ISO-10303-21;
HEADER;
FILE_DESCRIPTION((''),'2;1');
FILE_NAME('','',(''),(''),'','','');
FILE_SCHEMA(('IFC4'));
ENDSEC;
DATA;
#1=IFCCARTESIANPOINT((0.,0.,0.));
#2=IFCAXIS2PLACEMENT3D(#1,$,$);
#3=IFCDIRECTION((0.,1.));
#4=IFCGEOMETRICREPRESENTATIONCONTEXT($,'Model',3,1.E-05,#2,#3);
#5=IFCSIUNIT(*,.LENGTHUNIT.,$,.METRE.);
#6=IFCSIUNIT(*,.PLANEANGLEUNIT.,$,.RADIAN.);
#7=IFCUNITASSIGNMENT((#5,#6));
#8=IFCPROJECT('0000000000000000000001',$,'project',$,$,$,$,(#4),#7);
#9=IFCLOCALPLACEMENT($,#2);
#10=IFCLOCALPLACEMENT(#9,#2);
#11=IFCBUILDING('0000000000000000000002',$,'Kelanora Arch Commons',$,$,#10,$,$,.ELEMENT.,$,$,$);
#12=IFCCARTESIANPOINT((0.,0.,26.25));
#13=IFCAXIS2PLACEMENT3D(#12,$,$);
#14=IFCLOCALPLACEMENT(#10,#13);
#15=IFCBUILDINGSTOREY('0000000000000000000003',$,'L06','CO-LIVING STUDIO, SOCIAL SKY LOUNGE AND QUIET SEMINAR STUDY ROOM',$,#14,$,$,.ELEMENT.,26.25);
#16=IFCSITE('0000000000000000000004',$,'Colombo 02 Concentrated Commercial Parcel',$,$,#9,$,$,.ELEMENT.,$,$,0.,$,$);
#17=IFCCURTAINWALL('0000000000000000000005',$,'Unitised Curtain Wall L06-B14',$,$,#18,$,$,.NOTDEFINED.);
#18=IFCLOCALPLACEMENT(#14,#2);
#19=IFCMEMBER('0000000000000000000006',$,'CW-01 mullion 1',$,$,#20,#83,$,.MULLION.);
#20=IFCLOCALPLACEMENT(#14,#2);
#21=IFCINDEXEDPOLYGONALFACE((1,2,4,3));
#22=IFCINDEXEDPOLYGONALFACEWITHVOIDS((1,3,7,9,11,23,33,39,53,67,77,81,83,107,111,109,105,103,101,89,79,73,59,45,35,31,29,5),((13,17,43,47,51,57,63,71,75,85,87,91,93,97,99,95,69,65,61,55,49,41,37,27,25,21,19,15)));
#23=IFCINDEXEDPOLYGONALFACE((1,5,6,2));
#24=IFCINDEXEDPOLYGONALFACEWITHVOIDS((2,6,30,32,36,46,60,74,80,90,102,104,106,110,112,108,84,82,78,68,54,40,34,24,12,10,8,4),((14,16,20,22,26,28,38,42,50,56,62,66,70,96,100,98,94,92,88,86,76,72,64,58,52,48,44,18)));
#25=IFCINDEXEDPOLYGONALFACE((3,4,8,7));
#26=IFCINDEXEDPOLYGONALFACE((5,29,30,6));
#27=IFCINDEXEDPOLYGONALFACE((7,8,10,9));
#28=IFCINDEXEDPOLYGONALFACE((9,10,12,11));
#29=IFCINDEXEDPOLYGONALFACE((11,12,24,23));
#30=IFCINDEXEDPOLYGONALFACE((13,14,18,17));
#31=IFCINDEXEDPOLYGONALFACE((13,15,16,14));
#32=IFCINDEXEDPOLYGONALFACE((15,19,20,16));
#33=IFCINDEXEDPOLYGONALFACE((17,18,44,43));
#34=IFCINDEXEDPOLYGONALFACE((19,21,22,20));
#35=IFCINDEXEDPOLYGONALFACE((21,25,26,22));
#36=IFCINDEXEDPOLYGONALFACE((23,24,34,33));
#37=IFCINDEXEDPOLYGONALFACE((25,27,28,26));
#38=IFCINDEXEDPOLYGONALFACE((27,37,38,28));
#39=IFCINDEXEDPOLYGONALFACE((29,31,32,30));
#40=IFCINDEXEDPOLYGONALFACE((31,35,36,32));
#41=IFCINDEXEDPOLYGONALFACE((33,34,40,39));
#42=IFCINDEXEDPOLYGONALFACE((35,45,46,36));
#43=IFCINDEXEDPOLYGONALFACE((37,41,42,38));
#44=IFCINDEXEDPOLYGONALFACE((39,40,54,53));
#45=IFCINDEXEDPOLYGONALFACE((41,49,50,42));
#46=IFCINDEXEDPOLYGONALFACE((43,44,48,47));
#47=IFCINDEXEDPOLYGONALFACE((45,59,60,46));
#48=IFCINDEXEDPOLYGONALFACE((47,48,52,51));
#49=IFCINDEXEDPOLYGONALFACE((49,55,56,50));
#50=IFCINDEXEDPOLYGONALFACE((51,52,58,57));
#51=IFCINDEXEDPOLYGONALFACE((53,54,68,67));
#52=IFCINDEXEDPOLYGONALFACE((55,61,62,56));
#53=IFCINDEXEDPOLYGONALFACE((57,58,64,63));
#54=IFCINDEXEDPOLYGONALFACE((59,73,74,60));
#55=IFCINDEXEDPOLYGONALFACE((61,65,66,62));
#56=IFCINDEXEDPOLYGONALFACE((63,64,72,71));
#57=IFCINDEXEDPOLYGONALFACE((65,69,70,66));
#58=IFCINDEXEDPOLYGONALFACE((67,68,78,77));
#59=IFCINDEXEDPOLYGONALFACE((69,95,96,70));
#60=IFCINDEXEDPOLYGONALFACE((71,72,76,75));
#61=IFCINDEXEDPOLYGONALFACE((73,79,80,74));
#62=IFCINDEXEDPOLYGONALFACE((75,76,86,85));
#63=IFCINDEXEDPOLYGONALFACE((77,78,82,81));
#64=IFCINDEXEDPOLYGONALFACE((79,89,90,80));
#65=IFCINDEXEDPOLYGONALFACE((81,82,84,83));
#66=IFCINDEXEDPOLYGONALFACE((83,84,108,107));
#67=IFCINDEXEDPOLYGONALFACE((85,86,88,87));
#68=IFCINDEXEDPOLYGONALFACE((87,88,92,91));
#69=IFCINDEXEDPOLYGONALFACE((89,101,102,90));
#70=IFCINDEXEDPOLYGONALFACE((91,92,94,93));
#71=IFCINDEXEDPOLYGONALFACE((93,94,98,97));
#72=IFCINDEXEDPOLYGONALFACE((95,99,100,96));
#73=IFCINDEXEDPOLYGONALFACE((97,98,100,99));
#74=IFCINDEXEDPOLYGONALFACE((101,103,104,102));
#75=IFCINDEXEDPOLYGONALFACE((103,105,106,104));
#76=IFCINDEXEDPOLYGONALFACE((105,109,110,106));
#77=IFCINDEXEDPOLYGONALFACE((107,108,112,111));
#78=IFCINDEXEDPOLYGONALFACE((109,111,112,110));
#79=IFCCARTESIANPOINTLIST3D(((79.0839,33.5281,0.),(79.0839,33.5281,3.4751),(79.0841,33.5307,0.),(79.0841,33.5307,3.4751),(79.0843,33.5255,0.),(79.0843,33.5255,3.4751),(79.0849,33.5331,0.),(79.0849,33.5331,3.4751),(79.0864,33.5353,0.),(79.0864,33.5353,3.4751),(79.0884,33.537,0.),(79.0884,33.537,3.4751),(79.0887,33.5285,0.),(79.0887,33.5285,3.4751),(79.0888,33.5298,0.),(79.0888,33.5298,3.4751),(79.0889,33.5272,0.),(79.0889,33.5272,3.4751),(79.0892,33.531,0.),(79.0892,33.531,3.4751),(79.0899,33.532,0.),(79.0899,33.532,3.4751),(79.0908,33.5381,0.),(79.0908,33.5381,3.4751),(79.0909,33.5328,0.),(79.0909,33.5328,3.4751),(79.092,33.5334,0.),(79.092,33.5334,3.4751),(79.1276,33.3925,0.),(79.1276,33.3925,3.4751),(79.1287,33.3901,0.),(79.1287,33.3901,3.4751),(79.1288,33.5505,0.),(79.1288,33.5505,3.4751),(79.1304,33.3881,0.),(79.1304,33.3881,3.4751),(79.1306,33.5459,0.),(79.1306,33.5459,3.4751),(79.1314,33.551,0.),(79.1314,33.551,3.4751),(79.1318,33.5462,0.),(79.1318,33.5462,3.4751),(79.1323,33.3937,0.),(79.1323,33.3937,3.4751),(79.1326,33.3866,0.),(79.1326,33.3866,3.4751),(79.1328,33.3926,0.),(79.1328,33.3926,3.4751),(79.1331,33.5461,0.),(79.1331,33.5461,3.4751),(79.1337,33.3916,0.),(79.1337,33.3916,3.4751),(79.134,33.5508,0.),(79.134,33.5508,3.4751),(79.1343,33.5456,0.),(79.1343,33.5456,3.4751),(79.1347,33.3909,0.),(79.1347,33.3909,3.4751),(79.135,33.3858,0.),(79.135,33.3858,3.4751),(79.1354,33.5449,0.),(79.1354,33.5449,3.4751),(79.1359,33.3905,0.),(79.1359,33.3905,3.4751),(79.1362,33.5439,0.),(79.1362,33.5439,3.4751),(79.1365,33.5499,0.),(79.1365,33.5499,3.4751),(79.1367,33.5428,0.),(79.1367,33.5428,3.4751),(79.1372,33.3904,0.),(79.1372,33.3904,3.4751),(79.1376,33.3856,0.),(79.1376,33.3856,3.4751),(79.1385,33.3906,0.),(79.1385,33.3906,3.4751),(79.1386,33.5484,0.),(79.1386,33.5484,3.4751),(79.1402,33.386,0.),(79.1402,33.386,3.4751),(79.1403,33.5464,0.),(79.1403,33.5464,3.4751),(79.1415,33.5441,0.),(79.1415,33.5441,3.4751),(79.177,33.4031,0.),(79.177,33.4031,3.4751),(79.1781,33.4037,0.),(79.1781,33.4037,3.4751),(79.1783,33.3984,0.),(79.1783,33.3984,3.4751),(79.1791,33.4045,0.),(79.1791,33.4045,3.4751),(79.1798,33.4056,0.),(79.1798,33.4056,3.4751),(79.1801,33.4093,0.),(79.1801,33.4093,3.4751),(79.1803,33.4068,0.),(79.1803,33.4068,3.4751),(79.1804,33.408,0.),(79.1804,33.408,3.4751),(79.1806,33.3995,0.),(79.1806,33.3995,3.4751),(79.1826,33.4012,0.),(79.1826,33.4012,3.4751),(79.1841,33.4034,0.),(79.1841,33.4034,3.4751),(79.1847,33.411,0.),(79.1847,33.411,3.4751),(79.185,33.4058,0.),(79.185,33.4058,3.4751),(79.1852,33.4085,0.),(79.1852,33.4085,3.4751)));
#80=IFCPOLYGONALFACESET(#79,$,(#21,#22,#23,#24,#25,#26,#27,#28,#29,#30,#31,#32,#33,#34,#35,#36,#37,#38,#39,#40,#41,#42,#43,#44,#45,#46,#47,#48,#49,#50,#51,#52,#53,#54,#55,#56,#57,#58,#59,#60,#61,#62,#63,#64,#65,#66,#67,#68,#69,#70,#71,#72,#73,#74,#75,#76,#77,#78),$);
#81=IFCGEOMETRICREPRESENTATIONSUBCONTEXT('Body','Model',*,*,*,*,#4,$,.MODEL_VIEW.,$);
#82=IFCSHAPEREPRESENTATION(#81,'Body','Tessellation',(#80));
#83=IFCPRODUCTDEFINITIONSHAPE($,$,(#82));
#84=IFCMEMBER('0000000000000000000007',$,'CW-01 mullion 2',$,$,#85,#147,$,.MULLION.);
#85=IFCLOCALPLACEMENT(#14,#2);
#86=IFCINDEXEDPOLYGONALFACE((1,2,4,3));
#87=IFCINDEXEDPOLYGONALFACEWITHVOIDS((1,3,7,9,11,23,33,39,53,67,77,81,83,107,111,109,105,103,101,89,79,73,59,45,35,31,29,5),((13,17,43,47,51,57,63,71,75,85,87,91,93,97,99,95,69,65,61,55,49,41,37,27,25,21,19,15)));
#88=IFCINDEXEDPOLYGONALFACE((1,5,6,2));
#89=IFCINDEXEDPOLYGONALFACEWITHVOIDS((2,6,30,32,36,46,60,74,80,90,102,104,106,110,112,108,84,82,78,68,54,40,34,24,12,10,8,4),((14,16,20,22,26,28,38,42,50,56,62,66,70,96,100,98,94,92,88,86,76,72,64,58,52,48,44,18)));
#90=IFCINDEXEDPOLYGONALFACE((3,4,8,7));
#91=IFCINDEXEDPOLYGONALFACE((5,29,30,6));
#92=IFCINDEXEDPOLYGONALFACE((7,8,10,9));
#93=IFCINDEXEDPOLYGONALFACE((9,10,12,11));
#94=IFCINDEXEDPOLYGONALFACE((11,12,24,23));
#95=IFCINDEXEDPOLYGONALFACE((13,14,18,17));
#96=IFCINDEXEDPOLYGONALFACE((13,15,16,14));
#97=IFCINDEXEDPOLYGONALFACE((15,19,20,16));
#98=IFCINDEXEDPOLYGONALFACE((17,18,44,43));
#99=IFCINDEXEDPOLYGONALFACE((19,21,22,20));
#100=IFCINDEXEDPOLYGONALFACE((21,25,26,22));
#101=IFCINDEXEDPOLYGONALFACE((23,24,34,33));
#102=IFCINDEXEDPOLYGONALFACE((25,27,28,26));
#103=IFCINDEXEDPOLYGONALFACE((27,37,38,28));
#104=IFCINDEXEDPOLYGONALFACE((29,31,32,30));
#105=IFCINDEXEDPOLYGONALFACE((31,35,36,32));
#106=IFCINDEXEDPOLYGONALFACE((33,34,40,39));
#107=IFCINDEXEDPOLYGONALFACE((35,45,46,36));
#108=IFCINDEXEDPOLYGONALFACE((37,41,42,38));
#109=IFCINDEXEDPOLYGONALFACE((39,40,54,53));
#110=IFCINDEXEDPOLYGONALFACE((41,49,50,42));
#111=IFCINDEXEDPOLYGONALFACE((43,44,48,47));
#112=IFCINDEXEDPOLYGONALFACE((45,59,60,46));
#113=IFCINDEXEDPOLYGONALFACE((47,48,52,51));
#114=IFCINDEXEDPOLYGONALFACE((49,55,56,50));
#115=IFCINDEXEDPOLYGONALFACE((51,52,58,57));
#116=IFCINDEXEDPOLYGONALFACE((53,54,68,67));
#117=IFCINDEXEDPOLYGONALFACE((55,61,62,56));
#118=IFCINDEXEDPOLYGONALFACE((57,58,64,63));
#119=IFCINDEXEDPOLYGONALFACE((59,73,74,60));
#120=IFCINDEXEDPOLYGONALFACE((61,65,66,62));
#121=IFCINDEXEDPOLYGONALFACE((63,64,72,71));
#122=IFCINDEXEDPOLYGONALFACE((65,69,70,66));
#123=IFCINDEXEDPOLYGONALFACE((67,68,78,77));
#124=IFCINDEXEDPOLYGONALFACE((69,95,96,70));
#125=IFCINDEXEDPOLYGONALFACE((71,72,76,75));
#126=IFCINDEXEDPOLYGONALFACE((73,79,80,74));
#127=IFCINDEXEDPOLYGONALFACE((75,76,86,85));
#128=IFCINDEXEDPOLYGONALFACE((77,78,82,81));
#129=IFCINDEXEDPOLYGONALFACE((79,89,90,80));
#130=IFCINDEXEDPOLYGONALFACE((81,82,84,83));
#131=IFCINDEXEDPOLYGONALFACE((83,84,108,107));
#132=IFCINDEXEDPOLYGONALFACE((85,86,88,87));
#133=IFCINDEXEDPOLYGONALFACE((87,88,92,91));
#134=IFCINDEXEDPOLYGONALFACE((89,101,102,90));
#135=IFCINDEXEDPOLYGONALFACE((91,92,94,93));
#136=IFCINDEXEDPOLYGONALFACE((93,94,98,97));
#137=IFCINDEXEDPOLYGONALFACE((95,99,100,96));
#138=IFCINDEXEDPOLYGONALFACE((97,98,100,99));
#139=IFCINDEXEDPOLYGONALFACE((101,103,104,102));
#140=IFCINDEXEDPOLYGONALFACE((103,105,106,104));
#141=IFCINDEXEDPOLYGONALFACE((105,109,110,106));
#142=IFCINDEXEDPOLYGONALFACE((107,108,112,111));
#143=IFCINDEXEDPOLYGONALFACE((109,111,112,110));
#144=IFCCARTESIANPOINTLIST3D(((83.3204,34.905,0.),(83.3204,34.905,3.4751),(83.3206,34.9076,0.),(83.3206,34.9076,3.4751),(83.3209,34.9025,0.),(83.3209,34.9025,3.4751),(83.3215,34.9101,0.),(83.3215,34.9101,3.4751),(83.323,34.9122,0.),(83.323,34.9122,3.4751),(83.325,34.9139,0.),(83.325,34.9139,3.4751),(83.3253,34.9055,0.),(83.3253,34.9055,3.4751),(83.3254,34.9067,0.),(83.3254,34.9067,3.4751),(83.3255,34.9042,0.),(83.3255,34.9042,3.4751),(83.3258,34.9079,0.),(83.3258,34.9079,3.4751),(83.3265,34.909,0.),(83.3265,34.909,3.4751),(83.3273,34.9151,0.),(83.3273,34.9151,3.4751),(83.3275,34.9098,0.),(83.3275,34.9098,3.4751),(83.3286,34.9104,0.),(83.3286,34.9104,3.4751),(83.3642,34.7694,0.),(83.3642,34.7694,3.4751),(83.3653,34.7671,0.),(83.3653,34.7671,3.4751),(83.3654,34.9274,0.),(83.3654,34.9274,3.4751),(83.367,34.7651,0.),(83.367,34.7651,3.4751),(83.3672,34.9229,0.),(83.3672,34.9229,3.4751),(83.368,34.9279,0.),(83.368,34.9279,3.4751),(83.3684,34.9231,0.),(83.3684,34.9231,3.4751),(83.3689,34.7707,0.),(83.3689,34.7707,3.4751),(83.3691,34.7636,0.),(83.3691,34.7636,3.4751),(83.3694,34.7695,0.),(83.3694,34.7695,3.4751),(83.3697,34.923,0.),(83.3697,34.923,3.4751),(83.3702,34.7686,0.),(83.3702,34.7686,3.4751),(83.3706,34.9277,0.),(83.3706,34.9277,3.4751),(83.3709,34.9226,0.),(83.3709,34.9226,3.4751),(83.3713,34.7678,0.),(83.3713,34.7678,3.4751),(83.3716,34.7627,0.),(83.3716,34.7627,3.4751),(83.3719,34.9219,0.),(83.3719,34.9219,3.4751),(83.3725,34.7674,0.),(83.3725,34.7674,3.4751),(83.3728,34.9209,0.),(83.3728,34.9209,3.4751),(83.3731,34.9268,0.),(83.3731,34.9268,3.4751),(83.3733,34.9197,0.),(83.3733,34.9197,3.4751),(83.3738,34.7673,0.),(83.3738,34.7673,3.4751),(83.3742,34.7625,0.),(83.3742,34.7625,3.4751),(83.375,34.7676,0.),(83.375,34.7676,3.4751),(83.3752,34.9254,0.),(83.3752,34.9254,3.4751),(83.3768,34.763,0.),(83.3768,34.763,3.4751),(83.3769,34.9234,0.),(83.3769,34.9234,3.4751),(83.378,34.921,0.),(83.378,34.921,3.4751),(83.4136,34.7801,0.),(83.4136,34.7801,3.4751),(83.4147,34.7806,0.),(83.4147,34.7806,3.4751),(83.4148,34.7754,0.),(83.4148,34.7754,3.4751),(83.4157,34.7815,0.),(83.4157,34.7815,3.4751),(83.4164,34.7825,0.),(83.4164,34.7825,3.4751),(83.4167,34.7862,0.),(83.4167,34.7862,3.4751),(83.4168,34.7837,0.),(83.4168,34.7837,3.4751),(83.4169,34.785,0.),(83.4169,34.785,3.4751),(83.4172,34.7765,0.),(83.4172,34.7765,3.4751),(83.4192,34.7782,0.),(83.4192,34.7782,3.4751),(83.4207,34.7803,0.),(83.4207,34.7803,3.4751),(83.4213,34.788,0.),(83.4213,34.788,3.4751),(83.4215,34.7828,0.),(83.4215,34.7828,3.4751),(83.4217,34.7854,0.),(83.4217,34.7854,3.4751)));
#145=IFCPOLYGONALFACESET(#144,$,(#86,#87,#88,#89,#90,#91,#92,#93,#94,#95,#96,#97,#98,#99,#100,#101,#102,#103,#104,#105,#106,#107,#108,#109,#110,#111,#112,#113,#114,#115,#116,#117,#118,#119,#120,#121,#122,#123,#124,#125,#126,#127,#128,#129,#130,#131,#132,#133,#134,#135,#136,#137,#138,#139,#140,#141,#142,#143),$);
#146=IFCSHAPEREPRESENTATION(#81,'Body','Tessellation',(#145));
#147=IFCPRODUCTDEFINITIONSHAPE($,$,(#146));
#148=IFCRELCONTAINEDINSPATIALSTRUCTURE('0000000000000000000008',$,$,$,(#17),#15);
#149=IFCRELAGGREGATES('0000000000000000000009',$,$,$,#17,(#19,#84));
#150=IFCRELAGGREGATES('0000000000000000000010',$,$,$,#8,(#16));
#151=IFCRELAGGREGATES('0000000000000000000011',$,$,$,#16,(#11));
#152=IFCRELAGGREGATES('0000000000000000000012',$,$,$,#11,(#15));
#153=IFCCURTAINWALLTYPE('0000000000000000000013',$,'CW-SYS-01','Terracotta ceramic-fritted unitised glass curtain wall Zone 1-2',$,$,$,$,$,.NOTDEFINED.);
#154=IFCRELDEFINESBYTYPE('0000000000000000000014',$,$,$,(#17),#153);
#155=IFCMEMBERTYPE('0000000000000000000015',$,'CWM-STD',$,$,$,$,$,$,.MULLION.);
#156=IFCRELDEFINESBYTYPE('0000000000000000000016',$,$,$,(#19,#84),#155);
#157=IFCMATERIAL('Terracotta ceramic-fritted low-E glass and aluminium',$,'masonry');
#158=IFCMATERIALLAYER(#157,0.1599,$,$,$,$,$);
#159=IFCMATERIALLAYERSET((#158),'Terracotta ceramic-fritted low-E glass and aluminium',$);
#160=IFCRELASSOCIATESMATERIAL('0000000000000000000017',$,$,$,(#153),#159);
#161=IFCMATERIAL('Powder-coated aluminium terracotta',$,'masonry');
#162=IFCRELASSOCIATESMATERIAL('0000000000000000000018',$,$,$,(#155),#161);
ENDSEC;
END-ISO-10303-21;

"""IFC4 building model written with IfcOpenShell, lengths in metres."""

from ifc_helpers import new_model, si_unit, direction, frame, origin, origin_2d, place, context, subcontext, project, spatial, hollow_rectangle, extrude, material, layer, layer_set, material_profile, profile_set, type_object, element, aggregate, save


model = new_model("IFC4")

# Units and contexts
model_context = context("Model", 3, precision=1e-05, world=origin(), true_north=direction((0.0, 1.0)))
body_context = subcontext(model_context, "Body", "Model", "MODEL_VIEW")
ifc_project = project(units=[si_unit("LENGTHUNIT", "METRE"), si_unit("PLANEANGLEUNIT", "RADIAN")], contexts=[model_context])

# Site, building, storey
site_placement = place(None, origin())
site = spatial("IfcSite", under=ifc_project, at=site_placement, Name="Colombo 02 Concentrated Commercial Parcel", CompositionType="ELEMENT", RefElevation=0.0)
building_placement = place(site_placement, origin())
building = spatial("IfcBuilding", under=site, at=building_placement, Name="Kelanora Arch Commons", CompositionType="ELEMENT")
storey_placement = place(building_placement, frame((0.0, 0.0, 26.25)))
storey = spatial("IfcBuildingStorey", under=building, at=storey_placement, Name="L06", Description="CO-LIVING STUDIO, SOCIAL SKY LOUNGE AND QUIET SEMINAR STUDY ROOM", CompositionType="ELEMENT", Elevation=26.25)

# Curtain wall, members
ifc_material_1 = material(Name="Terracotta ceramic-fritted low-E glass and aluminium", Category="masonry")
ifc_layer_1 = layer(ifc_material_1, 0.1599)
ifc_layer_set_1 = layer_set([ifc_layer_1], Name="Terracotta ceramic-fritted low-E glass and aluminium")
curtain_wall_type = type_object("IfcCurtainWallType", Name="CW-SYS-01", Description="Terracotta ceramic-fritted unitised glass curtain wall Zone 1-2", PredefinedType="NOTDEFINED", material=ifc_layer_set_1)
curtain_wall_placement = place(storey_placement, origin())
curtain_wall = element("IfcCurtainWall", 1, at=curtain_wall_placement, inside=storey, type_object=curtain_wall_type, Name="Unitised Curtain Wall L06-B14", PredefinedType="NOTDEFINED")
ifc_material_2 = material(Name="Powder-coated aluminium terracotta", Category="masonry")
ifc_material_profile_1 = material_profile(ifc_material_2, hollow_rectangle(XDim=0.1599, YDim=0.0601, WallThickness=0.0049, InnerFilletRadius=0.0049, OuterFilletRadius=0.01, at=origin_2d()), Name="CWM160x60")
ifc_profile_set_1 = profile_set([ifc_material_profile_1], Name="Powder-coated aluminium terracotta")
member_type_1 = type_object("IfcMemberType", Name="CWM-STD", PredefinedType="MULLION", material=ifc_profile_set_1)
member_1_placement = place(storey_placement, frame((79.1345, 33.4683, 0.0), z_axis=(0.0, 0.0, 1.0), x_axis=(-0.309058, 0.951043, 0.0)))
member_1 = element("IfcMember", 2, at=member_1_placement, type_object=member_type_1, Name="CW-01 mullion 1", PredefinedType="MULLION", context=body_context, shape_type="SweptSolid", body=[
    extrude(hollow_rectangle(XDim=0.1599, YDim=0.0601, WallThickness=0.0049, InnerFilletRadius=0.0049, OuterFilletRadius=0.01, at=origin_2d()), origin(), (0.0, 0.0, 1.0), 3.4751),
])
member_2_placement = place(storey_placement, frame((83.3711, 34.8452, 0.0), z_axis=(0.0, 0.0, 1.0), x_axis=(-0.309058, 0.951043, 0.0)))
member_2 = element("IfcMember", 3, at=member_2_placement, type_object=member_type_1, Name="CW-01 mullion 2", PredefinedType="MULLION", context=body_context, shape_type="SweptSolid", body=[
    extrude(hollow_rectangle(XDim=0.1599, YDim=0.0601, WallThickness=0.0049, InnerFilletRadius=0.0049, OuterFilletRadius=0.01, at=origin_2d()), origin(), (0.0, 0.0, 1.0), 3.4751),
])
aggregate(curtain_wall, [member_1, member_2])

save(model, "model.ifc")
